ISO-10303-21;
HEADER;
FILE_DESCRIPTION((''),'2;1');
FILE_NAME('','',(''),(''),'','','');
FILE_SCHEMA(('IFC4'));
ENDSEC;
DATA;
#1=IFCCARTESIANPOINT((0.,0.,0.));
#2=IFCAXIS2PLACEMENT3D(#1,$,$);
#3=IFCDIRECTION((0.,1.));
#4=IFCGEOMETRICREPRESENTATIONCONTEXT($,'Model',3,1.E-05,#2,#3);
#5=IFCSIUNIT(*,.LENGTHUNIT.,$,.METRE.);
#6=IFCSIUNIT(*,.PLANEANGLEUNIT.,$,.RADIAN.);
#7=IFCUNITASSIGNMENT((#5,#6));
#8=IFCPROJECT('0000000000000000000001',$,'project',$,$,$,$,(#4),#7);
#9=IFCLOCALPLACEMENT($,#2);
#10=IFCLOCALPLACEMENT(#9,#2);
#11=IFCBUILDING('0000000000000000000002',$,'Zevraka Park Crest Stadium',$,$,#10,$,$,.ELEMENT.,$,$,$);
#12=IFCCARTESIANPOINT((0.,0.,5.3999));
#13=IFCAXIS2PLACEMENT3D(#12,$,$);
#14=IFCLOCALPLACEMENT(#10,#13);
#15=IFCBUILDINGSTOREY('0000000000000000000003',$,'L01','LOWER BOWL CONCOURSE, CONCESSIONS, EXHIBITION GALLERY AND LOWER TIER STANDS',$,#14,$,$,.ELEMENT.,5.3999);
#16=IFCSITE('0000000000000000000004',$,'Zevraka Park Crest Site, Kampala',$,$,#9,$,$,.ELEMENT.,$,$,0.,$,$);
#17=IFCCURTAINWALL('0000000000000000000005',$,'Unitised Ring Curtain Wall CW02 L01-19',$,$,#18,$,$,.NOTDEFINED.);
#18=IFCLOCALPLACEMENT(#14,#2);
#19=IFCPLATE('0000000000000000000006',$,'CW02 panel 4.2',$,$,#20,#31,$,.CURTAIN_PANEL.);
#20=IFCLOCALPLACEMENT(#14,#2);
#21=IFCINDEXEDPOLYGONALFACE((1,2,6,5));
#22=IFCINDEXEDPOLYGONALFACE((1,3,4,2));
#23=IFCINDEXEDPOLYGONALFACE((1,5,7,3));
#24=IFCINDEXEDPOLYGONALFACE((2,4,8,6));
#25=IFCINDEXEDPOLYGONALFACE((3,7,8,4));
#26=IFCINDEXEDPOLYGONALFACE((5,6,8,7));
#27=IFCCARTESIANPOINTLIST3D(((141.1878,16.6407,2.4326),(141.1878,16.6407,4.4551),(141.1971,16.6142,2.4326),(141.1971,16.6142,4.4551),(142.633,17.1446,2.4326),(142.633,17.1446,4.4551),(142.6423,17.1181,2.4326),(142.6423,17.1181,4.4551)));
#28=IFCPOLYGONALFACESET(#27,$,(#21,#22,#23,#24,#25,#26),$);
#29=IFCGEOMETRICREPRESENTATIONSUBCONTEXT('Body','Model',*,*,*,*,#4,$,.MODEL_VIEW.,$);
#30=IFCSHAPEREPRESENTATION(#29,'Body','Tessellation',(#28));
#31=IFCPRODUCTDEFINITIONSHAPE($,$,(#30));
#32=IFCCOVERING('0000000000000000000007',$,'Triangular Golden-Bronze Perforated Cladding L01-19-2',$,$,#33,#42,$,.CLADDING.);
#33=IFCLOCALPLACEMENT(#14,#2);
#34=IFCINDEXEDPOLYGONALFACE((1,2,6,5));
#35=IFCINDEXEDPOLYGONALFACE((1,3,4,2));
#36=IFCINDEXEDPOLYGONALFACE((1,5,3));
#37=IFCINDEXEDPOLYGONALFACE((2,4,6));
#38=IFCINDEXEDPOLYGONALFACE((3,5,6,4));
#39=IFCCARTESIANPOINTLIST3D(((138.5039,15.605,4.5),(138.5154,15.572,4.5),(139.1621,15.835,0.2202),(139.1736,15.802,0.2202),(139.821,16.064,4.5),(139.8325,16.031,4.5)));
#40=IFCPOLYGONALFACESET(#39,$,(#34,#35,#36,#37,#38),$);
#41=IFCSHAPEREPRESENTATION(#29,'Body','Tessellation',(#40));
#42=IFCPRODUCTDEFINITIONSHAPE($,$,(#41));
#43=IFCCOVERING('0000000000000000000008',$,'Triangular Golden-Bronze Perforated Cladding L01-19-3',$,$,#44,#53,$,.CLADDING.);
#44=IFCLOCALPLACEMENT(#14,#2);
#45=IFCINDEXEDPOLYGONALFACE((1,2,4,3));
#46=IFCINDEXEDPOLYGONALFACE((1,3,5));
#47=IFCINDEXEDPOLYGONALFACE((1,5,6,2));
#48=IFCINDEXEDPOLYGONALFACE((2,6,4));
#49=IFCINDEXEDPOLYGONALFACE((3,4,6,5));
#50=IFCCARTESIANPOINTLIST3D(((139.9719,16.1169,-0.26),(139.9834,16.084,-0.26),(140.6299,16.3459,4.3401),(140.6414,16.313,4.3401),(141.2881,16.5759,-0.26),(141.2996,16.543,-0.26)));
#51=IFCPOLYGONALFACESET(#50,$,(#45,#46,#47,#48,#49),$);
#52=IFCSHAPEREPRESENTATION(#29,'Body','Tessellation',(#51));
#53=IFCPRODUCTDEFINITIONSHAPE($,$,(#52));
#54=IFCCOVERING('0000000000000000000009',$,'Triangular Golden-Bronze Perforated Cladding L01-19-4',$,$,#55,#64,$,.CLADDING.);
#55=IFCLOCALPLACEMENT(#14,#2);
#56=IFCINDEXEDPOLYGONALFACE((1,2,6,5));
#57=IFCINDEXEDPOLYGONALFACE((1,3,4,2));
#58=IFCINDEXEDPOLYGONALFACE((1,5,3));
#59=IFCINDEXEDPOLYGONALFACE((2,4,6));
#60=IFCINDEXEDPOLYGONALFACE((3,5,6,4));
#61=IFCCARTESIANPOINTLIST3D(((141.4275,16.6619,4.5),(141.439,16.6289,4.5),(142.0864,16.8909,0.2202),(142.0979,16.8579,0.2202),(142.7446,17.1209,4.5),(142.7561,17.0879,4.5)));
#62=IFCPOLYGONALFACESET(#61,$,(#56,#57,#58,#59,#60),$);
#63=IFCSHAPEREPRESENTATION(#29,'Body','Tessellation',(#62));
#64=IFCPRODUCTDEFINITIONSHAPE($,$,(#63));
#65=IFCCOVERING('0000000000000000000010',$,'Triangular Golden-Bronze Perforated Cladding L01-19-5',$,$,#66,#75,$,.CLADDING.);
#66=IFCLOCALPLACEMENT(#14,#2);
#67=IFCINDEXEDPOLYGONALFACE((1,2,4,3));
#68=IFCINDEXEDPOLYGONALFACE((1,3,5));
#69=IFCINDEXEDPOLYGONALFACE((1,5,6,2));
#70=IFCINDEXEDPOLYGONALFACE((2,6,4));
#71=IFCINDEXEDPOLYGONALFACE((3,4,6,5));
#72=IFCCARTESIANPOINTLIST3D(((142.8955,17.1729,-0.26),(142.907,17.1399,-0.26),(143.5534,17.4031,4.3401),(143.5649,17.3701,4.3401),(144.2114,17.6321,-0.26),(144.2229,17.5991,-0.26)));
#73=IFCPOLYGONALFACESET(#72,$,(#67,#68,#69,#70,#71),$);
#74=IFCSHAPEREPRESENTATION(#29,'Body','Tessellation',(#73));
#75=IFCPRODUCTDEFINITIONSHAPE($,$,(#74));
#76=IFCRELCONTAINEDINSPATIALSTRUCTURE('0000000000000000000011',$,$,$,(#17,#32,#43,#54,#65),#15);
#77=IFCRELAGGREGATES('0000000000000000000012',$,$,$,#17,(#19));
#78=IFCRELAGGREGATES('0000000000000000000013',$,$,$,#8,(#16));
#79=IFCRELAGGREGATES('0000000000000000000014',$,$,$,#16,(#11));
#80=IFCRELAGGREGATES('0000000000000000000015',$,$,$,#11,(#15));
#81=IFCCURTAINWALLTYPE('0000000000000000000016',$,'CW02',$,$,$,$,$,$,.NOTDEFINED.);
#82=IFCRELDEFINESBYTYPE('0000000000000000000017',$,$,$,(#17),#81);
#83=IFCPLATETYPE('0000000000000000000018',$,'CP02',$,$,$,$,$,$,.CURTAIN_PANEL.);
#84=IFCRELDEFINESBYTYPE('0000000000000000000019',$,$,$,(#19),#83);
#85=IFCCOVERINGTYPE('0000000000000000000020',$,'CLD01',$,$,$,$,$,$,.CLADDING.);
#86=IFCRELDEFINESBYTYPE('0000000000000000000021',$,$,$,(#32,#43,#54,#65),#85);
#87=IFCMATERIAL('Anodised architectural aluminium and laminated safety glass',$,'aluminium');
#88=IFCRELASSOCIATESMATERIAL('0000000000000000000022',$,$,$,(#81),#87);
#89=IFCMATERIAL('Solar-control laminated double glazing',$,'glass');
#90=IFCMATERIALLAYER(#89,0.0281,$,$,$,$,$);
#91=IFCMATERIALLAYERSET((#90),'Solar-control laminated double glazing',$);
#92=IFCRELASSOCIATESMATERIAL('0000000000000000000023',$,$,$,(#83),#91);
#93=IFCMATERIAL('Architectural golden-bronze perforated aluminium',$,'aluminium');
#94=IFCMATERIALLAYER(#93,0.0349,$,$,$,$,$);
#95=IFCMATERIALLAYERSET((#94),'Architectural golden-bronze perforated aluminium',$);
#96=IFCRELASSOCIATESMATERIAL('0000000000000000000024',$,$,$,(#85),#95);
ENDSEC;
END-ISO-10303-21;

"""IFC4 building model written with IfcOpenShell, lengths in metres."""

from ifc_helpers import new_model, si_unit, direction, frame, origin, origin_2d, place, context, subcontext, project, spatial, polyline, rectangle, outline, extrude, material, layer, layer_set, type_object, element, aggregate, save


model = new_model("IFC4")

# Units and contexts
model_context = context("Model", 3, precision=1e-05, world=origin(), true_north=direction((0.0, 1.0)))
body_context = subcontext(model_context, "Body", "Model", "MODEL_VIEW")
ifc_project = project(units=[si_unit("LENGTHUNIT", "METRE"), si_unit("PLANEANGLEUNIT", "RADIAN")], contexts=[model_context])

# Site, building, storey
site_placement = place(None, origin())
site = spatial("IfcSite", under=ifc_project, at=site_placement, Name="Zevraka Park Crest Site, Kampala", CompositionType="ELEMENT", RefElevation=0.0)
building_placement = place(site_placement, origin())
building = spatial("IfcBuilding", under=site, at=building_placement, Name="Zevraka Park Crest Stadium", CompositionType="ELEMENT")
storey_placement = place(building_placement, frame((0.0, 0.0, 5.3999)))
storey = spatial("IfcBuildingStorey", under=building, at=storey_placement, Name="L01", Description="LOWER BOWL CONCOURSE, CONCESSIONS, EXHIBITION GALLERY AND LOWER TIER STANDS", CompositionType="ELEMENT", Elevation=5.3999)

# Curtain wall, plate
ifc_material_1 = material(Name="Anodised architectural aluminium and laminated safety glass", Category="aluminium")
curtain_wall_type = type_object("IfcCurtainWallType", Name="CW02", PredefinedType="NOTDEFINED", material=ifc_material_1)
curtain_wall_placement = place(storey_placement, origin())
curtain_wall = element("IfcCurtainWall", 1, at=curtain_wall_placement, inside=storey, type_object=curtain_wall_type, Name="Unitised Ring Curtain Wall CW02 L01-19", PredefinedType="NOTDEFINED")
ifc_material_2 = material(Name="Solar-control laminated double glazing", Category="glass")
ifc_layer_1 = layer(ifc_material_2, 0.0281)
ifc_layer_set_1 = layer_set([ifc_layer_1], Name="Solar-control laminated double glazing")
plate_type = type_object("IfcPlateType", Name="CP02", PredefinedType="CURTAIN_PANEL", material=ifc_layer_set_1)
plate_1_placement = place(storey_placement, frame((141.915, 16.8794, 2.4326), z_axis=(0.0, 0.0, 1.0), x_axis=(0.944257, 0.329209, 0.0)))
plate_1 = element("IfcPlate", 2, at=plate_1_placement, type_object=plate_type, Name="CW02 panel 4.2", PredefinedType="CURTAIN_PANEL", context=body_context, shape_type="SweptSolid", body=[
    extrude(rectangle(XDim=1.5305, YDim=0.0281, at=origin_2d()), origin(), (0.0, 0.0, 1.0), 2.0225),
])
aggregate(curtain_wall, [plate_1])

# Coverings
ifc_material_3 = material(Name="Architectural golden-bronze perforated aluminium", Category="aluminium")
ifc_layer_2 = layer(ifc_material_3, 0.0349)
ifc_layer_set_2 = layer_set([ifc_layer_2], Name="Architectural golden-bronze perforated aluminium")
covering_type = type_object("IfcCoveringType", Name="CLD01", PredefinedType="CLADDING", material=ifc_layer_set_2)
covering_1_placement = place(storey_placement, frame((139.821, 16.064, 4.5), z_axis=(-0.329064, 0.944308, 0.000136), x_axis=(-0.944308, -0.329064, 0.0)))
element("IfcCovering", 3, at=covering_1_placement, inside=storey, type_object=covering_type, Name="Triangular Golden-Bronze Perforated Cladding L01-19-2", PredefinedType="CLADDING", context=body_context, shape_type="SweptSolid", body=[
    extrude(outline(polyline([(0.0, 0.0), (1.3948, 0.0), (0.6976, -4.2798), (0.0, 0.0)])), origin(), (0.0, 0.0, -1.0), 0.0349),
])
covering_2_placement = place(storey_placement, frame((139.9719, 16.1169, -0.26), z_axis=(-0.329281, 0.944232, 0.000091), x_axis=(0.944232, 0.329281, 0.0)))
element("IfcCovering", 4, at=covering_2_placement, inside=storey, type_object=covering_type, Name="Triangular Golden-Bronze Perforated Cladding L01-19-3", PredefinedType="CLADDING", context=body_context, shape_type="SweptSolid", body=[
    extrude(outline(polyline([(0.0, 0.0), (1.3939, 0.0), (0.6967, -4.6001), (0.0, 0.0)])), origin(), (0.0, 0.0, -1.0), 0.0349),
])
covering_3_placement = place(storey_placement, frame((142.7561, 17.0879, 4.5), z_axis=(0.329064, -0.944308, 0.000136), x_axis=(-0.944308, -0.329064, 0.0)))
element("IfcCovering", 5, at=covering_3_placement, inside=storey, type_object=covering_type, Name="Triangular Golden-Bronze Perforated Cladding L01-19-4", PredefinedType="CLADDING", context=body_context, shape_type="SweptSolid", body=[
    extrude(outline(polyline([(0.0, 0.0), (1.3948, 0.0), (0.6972, 4.2798), (0.0, 0.0)])), origin(), (0.0, 0.0, -1.0), 0.0349),
])
covering_4_placement = place(storey_placement, frame((142.907, 17.1399, -0.26), z_axis=(0.329492, -0.944158, 0.000125), x_axis=(0.944158, 0.329492, 0.0)))
element("IfcCovering", 6, at=covering_4_placement, inside=storey, type_object=covering_type, Name="Triangular Golden-Bronze Perforated Cladding L01-19-5", PredefinedType="CLADDING", context=body_context, shape_type="SweptSolid", body=[
    extrude(outline(polyline([(0.0, 0.0), (1.3937, 0.0), (0.6971, 4.6001), (0.0, 0.0)])), origin(), (0.0, 0.0, -1.0), 0.0349),
])

save(model, "model.ifc")
